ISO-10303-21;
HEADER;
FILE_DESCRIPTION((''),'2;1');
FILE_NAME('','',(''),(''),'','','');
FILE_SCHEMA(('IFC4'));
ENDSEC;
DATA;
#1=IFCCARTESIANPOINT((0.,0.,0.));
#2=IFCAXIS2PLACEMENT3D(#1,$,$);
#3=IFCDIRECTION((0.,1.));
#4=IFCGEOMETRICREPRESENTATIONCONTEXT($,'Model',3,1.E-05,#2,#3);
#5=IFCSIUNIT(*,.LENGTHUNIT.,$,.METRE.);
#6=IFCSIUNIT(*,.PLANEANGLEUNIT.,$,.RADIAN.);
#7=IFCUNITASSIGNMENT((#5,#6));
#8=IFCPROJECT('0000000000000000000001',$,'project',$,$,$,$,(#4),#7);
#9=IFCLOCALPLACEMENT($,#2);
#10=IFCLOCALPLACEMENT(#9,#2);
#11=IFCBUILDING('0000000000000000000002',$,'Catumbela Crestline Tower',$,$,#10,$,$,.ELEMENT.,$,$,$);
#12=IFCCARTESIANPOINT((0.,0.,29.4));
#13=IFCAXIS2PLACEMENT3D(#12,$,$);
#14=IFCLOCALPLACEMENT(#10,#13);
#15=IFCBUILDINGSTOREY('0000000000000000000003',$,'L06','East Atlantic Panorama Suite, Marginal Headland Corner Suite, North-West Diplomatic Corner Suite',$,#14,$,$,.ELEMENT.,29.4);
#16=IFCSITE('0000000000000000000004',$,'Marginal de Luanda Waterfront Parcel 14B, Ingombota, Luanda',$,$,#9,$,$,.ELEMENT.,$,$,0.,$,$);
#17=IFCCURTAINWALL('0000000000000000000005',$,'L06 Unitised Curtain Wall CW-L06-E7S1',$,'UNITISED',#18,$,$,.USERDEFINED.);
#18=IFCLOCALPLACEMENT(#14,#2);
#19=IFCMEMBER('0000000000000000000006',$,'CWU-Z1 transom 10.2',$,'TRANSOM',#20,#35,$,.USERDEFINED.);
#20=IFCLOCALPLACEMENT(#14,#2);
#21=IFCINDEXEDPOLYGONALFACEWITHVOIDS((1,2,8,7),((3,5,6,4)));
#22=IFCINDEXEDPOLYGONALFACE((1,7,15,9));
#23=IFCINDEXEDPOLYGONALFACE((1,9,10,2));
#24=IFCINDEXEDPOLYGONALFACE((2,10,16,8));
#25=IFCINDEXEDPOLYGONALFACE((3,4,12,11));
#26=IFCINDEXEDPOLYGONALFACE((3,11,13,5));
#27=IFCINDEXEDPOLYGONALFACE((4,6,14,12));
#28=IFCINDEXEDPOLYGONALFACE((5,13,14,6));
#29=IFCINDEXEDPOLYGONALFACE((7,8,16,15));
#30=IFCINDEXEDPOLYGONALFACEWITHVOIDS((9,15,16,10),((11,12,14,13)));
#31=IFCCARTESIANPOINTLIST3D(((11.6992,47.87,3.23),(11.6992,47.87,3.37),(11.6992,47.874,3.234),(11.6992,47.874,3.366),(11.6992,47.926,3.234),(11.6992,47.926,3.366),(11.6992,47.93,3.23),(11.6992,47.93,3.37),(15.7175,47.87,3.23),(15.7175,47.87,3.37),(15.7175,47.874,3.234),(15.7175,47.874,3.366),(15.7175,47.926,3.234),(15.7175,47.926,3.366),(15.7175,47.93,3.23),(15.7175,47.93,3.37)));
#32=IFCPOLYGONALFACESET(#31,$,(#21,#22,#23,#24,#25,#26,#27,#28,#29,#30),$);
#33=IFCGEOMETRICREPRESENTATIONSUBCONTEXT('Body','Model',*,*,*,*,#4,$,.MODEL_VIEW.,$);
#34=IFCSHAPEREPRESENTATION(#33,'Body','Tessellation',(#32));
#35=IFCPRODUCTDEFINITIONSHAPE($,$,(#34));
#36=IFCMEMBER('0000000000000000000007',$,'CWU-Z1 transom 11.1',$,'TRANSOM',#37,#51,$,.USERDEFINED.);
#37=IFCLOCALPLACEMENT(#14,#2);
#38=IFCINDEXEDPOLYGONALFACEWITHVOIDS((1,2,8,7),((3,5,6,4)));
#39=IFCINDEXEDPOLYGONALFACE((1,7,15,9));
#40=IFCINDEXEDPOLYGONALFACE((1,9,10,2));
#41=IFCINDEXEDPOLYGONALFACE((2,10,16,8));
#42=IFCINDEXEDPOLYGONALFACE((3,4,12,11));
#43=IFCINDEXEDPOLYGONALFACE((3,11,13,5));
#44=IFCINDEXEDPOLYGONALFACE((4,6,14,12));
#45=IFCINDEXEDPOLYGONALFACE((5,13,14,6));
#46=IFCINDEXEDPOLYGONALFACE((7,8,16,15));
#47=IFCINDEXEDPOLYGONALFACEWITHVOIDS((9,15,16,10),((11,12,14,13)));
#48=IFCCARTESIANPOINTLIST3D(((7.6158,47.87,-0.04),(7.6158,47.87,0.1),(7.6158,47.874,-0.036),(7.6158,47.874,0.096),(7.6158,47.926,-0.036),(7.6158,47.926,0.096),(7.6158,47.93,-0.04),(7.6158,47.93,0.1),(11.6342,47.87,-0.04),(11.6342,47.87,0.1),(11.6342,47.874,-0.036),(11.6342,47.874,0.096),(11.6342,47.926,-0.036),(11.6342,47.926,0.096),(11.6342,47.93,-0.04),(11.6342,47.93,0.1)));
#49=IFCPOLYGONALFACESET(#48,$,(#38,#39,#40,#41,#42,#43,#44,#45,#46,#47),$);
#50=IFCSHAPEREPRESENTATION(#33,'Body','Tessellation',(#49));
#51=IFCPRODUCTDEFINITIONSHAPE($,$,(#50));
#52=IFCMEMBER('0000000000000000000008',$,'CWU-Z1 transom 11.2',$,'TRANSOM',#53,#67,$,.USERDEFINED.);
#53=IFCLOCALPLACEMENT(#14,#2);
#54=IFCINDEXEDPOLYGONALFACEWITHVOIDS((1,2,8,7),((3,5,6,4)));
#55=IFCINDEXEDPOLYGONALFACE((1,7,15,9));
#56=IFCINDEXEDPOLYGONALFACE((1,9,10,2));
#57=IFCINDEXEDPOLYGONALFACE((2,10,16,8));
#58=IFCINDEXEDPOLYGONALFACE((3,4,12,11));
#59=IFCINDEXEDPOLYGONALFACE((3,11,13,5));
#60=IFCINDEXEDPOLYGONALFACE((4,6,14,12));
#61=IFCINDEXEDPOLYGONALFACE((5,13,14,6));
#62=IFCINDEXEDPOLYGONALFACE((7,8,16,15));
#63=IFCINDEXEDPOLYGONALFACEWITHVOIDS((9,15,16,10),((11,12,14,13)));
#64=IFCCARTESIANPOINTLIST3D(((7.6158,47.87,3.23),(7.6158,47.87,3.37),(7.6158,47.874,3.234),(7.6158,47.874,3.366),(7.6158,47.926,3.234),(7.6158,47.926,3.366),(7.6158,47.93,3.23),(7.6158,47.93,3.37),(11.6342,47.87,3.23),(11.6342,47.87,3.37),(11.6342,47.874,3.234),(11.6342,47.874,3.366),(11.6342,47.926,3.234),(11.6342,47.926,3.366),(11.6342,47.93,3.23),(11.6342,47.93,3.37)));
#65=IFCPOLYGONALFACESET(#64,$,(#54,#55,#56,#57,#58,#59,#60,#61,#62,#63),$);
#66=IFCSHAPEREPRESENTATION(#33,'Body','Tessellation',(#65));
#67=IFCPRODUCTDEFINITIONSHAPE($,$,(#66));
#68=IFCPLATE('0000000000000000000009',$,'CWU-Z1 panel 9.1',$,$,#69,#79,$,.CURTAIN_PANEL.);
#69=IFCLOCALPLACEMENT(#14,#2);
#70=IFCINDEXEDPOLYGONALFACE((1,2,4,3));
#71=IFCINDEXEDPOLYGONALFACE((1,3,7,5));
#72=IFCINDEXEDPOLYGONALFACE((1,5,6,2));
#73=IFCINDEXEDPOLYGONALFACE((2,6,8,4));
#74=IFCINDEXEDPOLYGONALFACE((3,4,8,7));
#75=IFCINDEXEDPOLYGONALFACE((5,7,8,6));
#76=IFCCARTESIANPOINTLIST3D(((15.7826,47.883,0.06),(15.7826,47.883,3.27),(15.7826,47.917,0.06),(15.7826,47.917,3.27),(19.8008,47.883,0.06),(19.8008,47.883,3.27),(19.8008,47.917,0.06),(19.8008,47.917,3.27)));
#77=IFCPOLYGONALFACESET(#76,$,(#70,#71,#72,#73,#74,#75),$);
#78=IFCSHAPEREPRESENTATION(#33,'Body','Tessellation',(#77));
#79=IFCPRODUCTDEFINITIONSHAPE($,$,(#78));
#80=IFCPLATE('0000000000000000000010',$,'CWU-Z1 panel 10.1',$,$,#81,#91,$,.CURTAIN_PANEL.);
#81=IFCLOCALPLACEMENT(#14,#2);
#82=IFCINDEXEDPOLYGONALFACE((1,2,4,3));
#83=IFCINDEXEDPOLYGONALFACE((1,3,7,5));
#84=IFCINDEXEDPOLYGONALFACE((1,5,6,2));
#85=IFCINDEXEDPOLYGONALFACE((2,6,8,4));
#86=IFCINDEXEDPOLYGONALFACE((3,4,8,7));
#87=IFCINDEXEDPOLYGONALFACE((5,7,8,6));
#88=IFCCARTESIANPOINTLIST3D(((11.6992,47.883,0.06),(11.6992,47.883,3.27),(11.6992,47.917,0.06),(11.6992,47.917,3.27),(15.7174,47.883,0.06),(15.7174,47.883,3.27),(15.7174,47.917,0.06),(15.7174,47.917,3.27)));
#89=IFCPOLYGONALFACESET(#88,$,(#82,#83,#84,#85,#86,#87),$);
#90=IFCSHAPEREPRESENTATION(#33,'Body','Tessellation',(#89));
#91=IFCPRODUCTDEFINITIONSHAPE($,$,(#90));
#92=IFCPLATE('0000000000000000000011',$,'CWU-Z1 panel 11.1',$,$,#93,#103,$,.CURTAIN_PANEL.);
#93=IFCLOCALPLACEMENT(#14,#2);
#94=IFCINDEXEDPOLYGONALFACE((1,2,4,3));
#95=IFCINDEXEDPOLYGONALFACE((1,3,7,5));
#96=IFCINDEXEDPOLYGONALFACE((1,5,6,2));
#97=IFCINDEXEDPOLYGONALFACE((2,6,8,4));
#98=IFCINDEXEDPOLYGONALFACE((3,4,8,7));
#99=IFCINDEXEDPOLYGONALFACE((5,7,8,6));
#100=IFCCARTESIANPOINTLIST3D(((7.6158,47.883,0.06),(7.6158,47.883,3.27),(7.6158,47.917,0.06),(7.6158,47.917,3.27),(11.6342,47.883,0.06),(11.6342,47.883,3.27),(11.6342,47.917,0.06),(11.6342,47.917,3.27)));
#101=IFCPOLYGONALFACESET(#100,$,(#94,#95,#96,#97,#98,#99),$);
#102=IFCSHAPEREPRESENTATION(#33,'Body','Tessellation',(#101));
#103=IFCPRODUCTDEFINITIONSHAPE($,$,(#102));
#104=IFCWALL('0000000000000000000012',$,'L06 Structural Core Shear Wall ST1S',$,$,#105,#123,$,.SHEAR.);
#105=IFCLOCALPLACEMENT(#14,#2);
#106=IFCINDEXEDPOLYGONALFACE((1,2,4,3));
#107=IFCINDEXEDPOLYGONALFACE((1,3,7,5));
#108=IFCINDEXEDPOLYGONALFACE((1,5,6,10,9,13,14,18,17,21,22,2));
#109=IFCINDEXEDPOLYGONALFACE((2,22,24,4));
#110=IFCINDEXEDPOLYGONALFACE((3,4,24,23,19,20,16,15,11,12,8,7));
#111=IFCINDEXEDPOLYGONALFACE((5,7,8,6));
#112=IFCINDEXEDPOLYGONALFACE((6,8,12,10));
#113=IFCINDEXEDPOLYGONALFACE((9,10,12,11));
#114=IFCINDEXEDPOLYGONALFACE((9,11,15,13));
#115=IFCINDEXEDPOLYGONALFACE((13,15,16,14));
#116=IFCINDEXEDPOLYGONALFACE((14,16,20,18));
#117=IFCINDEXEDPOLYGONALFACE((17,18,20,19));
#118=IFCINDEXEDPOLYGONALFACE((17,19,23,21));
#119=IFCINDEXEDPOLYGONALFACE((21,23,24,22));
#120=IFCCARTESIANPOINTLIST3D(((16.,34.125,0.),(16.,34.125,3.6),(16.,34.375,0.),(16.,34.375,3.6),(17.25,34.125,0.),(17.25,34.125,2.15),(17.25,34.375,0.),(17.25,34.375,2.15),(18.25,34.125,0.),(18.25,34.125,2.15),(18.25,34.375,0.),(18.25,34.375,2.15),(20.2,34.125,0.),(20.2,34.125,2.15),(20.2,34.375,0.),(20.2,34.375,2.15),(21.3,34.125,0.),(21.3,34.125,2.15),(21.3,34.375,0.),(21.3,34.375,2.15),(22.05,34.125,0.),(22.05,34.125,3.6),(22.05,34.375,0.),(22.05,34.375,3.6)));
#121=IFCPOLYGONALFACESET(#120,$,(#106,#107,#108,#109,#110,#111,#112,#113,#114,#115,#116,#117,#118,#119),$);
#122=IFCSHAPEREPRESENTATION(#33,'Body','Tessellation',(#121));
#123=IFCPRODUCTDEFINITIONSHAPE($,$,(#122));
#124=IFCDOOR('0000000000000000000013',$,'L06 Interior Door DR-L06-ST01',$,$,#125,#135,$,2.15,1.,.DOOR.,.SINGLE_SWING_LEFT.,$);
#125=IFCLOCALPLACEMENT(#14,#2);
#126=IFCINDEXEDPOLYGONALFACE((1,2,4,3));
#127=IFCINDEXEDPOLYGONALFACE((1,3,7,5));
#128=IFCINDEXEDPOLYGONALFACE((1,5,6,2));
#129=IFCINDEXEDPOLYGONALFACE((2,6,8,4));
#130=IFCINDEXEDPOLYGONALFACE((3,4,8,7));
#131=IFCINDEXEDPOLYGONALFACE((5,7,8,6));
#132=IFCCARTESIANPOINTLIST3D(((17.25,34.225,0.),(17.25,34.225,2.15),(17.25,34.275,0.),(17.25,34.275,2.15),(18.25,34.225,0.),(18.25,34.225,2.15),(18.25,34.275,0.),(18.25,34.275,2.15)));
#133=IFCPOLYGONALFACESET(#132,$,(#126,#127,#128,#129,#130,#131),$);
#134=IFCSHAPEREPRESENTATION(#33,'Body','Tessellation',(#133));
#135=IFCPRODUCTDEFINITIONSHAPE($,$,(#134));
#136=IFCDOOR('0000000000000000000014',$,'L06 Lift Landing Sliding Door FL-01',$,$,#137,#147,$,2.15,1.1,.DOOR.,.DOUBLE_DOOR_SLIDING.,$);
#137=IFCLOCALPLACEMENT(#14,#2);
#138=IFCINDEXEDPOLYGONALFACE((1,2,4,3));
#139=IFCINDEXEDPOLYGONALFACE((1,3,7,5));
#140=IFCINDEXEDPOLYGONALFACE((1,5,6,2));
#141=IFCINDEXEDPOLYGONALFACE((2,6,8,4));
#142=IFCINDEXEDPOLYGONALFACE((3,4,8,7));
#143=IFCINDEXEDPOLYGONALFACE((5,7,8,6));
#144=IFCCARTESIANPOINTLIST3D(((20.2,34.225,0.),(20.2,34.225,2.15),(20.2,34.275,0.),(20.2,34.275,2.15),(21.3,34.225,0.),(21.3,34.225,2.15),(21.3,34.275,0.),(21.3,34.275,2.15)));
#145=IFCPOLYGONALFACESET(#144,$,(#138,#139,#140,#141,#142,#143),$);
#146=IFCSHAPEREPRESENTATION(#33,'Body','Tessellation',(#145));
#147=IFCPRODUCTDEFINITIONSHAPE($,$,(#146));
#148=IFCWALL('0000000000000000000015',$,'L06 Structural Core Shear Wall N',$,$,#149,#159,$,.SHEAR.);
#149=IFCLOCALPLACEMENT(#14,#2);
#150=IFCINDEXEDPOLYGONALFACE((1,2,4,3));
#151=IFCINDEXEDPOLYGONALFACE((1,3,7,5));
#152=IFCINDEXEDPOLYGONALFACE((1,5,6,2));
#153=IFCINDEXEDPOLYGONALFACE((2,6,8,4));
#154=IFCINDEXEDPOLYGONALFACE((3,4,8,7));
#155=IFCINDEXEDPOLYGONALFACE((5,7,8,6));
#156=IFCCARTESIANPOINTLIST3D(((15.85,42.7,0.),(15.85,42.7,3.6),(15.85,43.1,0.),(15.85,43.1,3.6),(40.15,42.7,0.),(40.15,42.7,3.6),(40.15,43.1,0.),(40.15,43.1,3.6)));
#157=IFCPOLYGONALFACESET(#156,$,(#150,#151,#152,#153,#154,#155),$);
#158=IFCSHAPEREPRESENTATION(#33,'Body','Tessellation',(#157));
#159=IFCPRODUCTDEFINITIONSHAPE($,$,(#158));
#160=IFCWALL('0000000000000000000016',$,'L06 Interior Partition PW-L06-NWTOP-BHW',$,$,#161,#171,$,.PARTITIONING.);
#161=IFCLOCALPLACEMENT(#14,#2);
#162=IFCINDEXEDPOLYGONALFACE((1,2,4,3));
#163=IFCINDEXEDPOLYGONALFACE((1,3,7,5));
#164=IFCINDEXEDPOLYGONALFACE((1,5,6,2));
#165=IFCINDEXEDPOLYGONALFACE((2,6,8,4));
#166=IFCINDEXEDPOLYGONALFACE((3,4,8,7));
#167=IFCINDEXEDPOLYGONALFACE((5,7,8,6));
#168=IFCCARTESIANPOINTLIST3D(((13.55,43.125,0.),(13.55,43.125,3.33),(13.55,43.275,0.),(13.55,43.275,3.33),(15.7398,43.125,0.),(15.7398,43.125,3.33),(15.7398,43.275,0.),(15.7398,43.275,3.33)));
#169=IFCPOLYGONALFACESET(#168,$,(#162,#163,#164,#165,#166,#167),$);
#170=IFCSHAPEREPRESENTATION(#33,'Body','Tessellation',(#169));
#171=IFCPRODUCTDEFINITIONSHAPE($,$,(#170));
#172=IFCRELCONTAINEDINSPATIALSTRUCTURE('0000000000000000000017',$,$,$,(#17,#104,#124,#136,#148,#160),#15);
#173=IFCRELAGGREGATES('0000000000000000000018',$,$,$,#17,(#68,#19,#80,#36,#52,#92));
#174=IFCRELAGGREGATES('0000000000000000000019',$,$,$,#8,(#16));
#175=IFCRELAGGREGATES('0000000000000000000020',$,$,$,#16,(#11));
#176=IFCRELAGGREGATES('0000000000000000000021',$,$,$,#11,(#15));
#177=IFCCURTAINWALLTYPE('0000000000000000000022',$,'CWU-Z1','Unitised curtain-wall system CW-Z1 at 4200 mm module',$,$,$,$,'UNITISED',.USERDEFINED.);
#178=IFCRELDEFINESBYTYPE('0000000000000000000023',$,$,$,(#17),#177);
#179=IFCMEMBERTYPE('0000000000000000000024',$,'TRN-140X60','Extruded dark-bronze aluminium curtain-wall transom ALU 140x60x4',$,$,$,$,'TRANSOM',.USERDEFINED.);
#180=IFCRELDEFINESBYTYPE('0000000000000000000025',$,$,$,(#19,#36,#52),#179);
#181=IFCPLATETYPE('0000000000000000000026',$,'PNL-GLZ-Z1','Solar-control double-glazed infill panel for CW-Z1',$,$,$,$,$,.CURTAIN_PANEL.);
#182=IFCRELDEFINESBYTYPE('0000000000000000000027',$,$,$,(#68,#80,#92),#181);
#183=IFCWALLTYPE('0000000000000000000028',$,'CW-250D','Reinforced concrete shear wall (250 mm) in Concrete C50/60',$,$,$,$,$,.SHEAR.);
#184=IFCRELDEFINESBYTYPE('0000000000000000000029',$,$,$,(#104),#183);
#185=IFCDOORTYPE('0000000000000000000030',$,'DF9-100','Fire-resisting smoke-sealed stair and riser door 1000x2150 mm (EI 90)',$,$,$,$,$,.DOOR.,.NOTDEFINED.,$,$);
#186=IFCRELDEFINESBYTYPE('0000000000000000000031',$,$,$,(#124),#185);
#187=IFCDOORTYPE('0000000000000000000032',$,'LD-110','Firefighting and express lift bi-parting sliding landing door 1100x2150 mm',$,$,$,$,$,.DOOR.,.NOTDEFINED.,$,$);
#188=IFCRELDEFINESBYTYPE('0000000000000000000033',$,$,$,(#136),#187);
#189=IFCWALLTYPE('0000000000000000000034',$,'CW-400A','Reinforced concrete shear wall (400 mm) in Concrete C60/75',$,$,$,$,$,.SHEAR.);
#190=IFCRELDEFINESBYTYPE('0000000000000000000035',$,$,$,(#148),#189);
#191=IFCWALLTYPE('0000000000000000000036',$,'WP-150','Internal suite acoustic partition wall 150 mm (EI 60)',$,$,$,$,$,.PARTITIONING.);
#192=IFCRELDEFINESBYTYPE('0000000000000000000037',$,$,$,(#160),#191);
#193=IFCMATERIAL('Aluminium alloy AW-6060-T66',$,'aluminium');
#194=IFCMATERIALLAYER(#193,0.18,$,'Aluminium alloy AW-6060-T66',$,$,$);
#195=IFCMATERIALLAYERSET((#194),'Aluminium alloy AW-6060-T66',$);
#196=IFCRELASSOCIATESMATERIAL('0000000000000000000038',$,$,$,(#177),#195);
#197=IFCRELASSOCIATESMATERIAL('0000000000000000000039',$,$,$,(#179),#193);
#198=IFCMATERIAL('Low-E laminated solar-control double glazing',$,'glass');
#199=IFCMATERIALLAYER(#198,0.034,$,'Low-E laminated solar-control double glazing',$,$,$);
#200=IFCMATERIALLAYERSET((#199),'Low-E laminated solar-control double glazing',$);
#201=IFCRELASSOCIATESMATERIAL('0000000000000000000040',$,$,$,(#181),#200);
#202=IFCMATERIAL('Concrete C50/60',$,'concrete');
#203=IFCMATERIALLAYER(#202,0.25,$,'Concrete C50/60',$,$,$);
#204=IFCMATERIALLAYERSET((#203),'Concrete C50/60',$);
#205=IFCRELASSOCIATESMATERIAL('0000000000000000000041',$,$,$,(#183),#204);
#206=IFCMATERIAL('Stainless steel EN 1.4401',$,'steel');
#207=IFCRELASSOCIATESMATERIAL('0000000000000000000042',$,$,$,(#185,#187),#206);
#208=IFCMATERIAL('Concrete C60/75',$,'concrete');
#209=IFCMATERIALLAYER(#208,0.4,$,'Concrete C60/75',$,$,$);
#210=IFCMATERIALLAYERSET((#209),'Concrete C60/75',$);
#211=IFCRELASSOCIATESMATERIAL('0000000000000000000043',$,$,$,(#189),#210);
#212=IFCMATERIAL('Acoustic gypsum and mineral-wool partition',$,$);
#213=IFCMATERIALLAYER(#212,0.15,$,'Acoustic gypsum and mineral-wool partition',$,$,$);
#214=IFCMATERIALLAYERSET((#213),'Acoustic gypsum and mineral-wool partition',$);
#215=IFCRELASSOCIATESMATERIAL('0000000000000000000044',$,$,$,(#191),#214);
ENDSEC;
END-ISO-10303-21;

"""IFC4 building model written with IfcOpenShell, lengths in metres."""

from ifc_helpers import new_model, si_unit, direction, frame, frame_2d, origin, origin_2d, place, context, subcontext, project, spatial, rectangle, hollow_rectangle, extrude, material, layer, layer_set, material_profile, profile_set, type_object, element, fill, aggregate, save


model = new_model("IFC4")

# Units and contexts
model_context = context("Model", 3, precision=1e-05, world=origin(), true_north=direction((0.0, 1.0)))
body_context = subcontext(model_context, "Body", "Model", "MODEL_VIEW")
ifc_project = project(units=[si_unit("LENGTHUNIT", "METRE"), si_unit("PLANEANGLEUNIT", "RADIAN")], contexts=[model_context])

# Site, building, storey
site_placement = place(None, origin())
site = spatial("IfcSite", under=ifc_project, at=site_placement, Name="Marginal de Luanda Waterfront Parcel 14B, Ingombota, Luanda", CompositionType="ELEMENT", RefElevation=0.0)
building_placement = place(site_placement, origin())
building = spatial("IfcBuilding", under=site, at=building_placement, Name="Catumbela Crestline Tower", CompositionType="ELEMENT")
storey_placement = place(building_placement, frame((0.0, 0.0, 29.4)))
storey = spatial("IfcBuildingStorey", under=building, at=storey_placement, Name="L06", Description="East Atlantic Panorama Suite, Marginal Headland Corner Suite, North-West Diplomatic Corner Suite", CompositionType="ELEMENT", Elevation=29.4)

# Shared definitions
ifc_material_1 = material(Name="Concrete C60/75", Category="concrete")

# Curtain wall
ifc_material_2 = material(Name="Aluminium alloy AW-6060-T66", Category="aluminium")
ifc_layer_1 = layer(ifc_material_2, 0.18, Name="Aluminium alloy AW-6060-T66")
ifc_layer_set_1 = layer_set([ifc_layer_1], Name="Aluminium alloy AW-6060-T66")
curtain_wall_type = type_object("IfcCurtainWallType", Name="CWU-Z1", Description="Unitised curtain-wall system CW-Z1 at 4200 mm module", ElementType="UNITISED", PredefinedType="USERDEFINED", material=ifc_layer_set_1)
curtain_wall_placement = place(storey_placement, origin())
curtain_wall = element("IfcCurtainWall", 1, at=curtain_wall_placement, inside=storey, type_object=curtain_wall_type, Name="L06 Unitised Curtain Wall CW-L06-E7S1", ObjectType="UNITISED", PredefinedType="USERDEFINED")

# Members
ifc_material_profile_1 = material_profile(ifc_material_2, hollow_rectangle(XDim=0.06, YDim=0.14, WallThickness=0.004, at=origin_2d()), Name="ALU 140x60x4")
ifc_profile_set_1 = profile_set([ifc_material_profile_1], Name="Aluminium alloy AW-6060-T66")
member_type_1 = type_object("IfcMemberType", Name="TRN-140X60", Description="Extruded dark-bronze aluminium curtain-wall transom ALU 140x60x4", ElementType="TRANSOM", PredefinedType="USERDEFINED", material=ifc_profile_set_1)
member_1_placement = place(storey_placement, frame((15.7175, 47.9, 3.3), z_axis=(-1.0, 0.0, 0.0), x_axis=(0.0, -1.0, 0.0)))
member_1 = element("IfcMember", 2, at=member_1_placement, type_object=member_type_1, Name="CWU-Z1 transom 10.2", ObjectType="TRANSOM", PredefinedType="USERDEFINED", context=body_context, shape_type="SweptSolid", body=[
    extrude(hollow_rectangle(XDim=0.06, YDim=0.14, WallThickness=0.004, at=origin_2d()), origin(), (0.0, 0.0, 1.0), 4.0183),
])
member_2_placement = place(storey_placement, frame((11.6342, 47.9, 0.03), z_axis=(-1.0, 0.0, 0.0), x_axis=(0.0, -1.0, 0.0)))
member_2 = element("IfcMember", 3, at=member_2_placement, type_object=member_type_1, Name="CWU-Z1 transom 11.1", ObjectType="TRANSOM", PredefinedType="USERDEFINED", context=body_context, shape_type="SweptSolid", body=[
    extrude(hollow_rectangle(XDim=0.06, YDim=0.14, WallThickness=0.004, at=origin_2d()), origin(), (0.0, 0.0, 1.0), 4.0184),
])
member_3_placement = place(storey_placement, frame((11.6342, 47.9, 3.3), z_axis=(-1.0, 0.0, 0.0), x_axis=(0.0, -1.0, 0.0)))
member_3 = element("IfcMember", 4, at=member_3_placement, type_object=member_type_1, Name="CWU-Z1 transom 11.2", ObjectType="TRANSOM", PredefinedType="USERDEFINED", context=body_context, shape_type="SweptSolid", body=[
    extrude(hollow_rectangle(XDim=0.06, YDim=0.14, WallThickness=0.004, at=origin_2d()), origin(), (0.0, 0.0, 1.0), 4.0184),
])

# Plates
ifc_material_3 = material(Name="Low-E laminated solar-control double glazing", Category="glass")
ifc_layer_2 = layer(ifc_material_3, 0.034, Name="Low-E laminated solar-control double glazing")
ifc_layer_set_2 = layer_set([ifc_layer_2], Name="Low-E laminated solar-control double glazing")
plate_type = type_object("IfcPlateType", Name="PNL-GLZ-Z1", Description="Solar-control double-glazed infill panel for CW-Z1", PredefinedType="CURTAIN_PANEL", material=ifc_layer_set_2)
plate_1_placement = place(storey_placement, frame((17.7917, 47.9, 0.06), z_axis=(0.0, 0.0, 1.0), x_axis=(-1.0, 0.0, 0.0)))
plate_1 = element("IfcPlate", 5, at=plate_1_placement, type_object=plate_type, Name="CWU-Z1 panel 9.1", PredefinedType="CURTAIN_PANEL", context=body_context, shape_type="SweptSolid", body=[
    extrude(rectangle(XDim=4.0183, YDim=0.034, at=origin_2d()), origin(), (0.0, 0.0, 1.0), 3.21),
])
plate_2_placement = place(storey_placement, frame((13.7083, 47.9, 0.06), z_axis=(0.0, 0.0, 1.0), x_axis=(-1.0, 0.0, 0.0)))
plate_2 = element("IfcPlate", 6, at=plate_2_placement, type_object=plate_type, Name="CWU-Z1 panel 10.1", PredefinedType="CURTAIN_PANEL", context=body_context, shape_type="SweptSolid", body=[
    extrude(rectangle(XDim=4.0183, YDim=0.034, at=origin_2d()), origin(), (0.0, 0.0, 1.0), 3.21),
])
plate_3_placement = place(storey_placement, frame((9.625, 47.9, 0.06), z_axis=(0.0, 0.0, 1.0), x_axis=(-1.0, 0.0, 0.0)))
plate_3 = element("IfcPlate", 7, at=plate_3_placement, type_object=plate_type, Name="CWU-Z1 panel 11.1", PredefinedType="CURTAIN_PANEL", context=body_context, shape_type="SweptSolid", body=[
    extrude(rectangle(XDim=4.0183, YDim=0.034, at=origin_2d()), origin(), (0.0, 0.0, 1.0), 3.21),
])
aggregate(curtain_wall, [plate_1, member_1, plate_2, member_2, member_3, plate_3])

# Wall, openings, doors
ifc_material_4 = material(Name="Concrete C50/60", Category="concrete")
ifc_layer_3 = layer(ifc_material_4, 0.25, Name="Concrete C50/60")
ifc_layer_set_3 = layer_set([ifc_layer_3], Name="Concrete C50/60")
wall_type_1 = type_object("IfcWallType", Name="CW-250D", Description="Reinforced concrete shear wall (250 mm) in Concrete C50/60", PredefinedType="SHEAR", material=ifc_layer_set_3)
wall_1_placement = place(storey_placement, frame((16.0, 34.25, 0.0), z_axis=(0.0, 0.0, 1.0), x_axis=(1.0, 0.0, 0.0)))
wall_1 = element("IfcWall", 8, at=wall_1_placement, inside=storey, type_object=wall_type_1, Name="L06 Structural Core Shear Wall ST1S", PredefinedType="SHEAR", context=body_context, shape_type="SweptSolid", body=[
    extrude(rectangle(XDim=6.05, YDim=0.25, at=frame_2d((3.025, 0.0))), origin(), (0.0, 0.0, 1.0), 3.6),
])
opening_1_placement = place(wall_1_placement, frame((1.25, 0.0, 0.0)))
opening_1 = element("IfcOpeningElement", 9, at=opening_1_placement, cuts=wall_1, PredefinedType="OPENING", context=body_context, shape_type="SweptSolid", body=[
    extrude(rectangle(XDim=1.0, YDim=2.15, at=frame_2d((0.5, 1.075))), frame((0.0, 0.135, 0.0), z_axis=(0.0, -1.0, 0.0), x_axis=(1.0, 0.0, 0.0)), (0.0, 0.0, 1.0), 0.27),
])
opening_2_placement = place(wall_1_placement, frame((4.2, 0.0, 0.0)))
opening_2 = element("IfcOpeningElement", 10, at=opening_2_placement, cuts=wall_1, PredefinedType="OPENING", context=body_context, shape_type="SweptSolid", body=[
    extrude(rectangle(XDim=1.1, YDim=2.15, at=frame_2d((0.55, 1.075))), frame((0.0, 0.135, 0.0), z_axis=(0.0, -1.0, 0.0), x_axis=(1.0, 0.0, 0.0)), (0.0, 0.0, 1.0), 0.27),
])
ifc_material_5 = material(Name="Stainless steel EN 1.4401", Category="steel")
door_type_1 = type_object("IfcDoorType", Name="DF9-100", Description="Fire-resisting smoke-sealed stair and riser door 1000x2150 mm (EI 90)", OperationType="NOTDEFINED", PredefinedType="DOOR", material=ifc_material_5)
door_1_placement = place(opening_1_placement, origin())
door_1 = element("IfcDoor", 11, at=door_1_placement, inside=storey, type_object=door_type_1, Name="L06 Interior Door DR-L06-ST01", OperationType="SINGLE_SWING_LEFT", OverallHeight=2.15, OverallWidth=1.0, PredefinedType="DOOR", context=body_context, shape_type="SweptSolid", body=[
    extrude(rectangle(XDim=1.0, YDim=2.15, at=frame_2d((0.5, 1.075))), frame((0.0, 0.025, 0.0), z_axis=(0.0, -1.0, 0.0), x_axis=(1.0, 0.0, 0.0)), (0.0, 0.0, 1.0), 0.05),
])
fill(opening_1, door_1)
door_type_2 = type_object("IfcDoorType", Name="LD-110", Description="Firefighting and express lift bi-parting sliding landing door 1100x2150 mm", OperationType="NOTDEFINED", PredefinedType="DOOR", material=ifc_material_5)
door_2_placement = place(opening_2_placement, origin())
door_2 = element("IfcDoor", 12, at=door_2_placement, inside=storey, type_object=door_type_2, Name="L06 Lift Landing Sliding Door FL-01", OperationType="DOUBLE_DOOR_SLIDING", OverallHeight=2.15, OverallWidth=1.1, PredefinedType="DOOR", context=body_context, shape_type="SweptSolid", body=[
    extrude(rectangle(XDim=1.1, YDim=2.15, at=frame_2d((0.55, 1.075))), frame((0.0, 0.025, 0.0), z_axis=(0.0, -1.0, 0.0), x_axis=(1.0, 0.0, 0.0)), (0.0, 0.0, 1.0), 0.05),
])
fill(opening_2, door_2)

# Walls
ifc_layer_4 = layer(ifc_material_1, 0.4, Name="Concrete C60/75")
ifc_layer_set_4 = layer_set([ifc_layer_4], Name="Concrete C60/75")
wall_type_2 = type_object("IfcWallType", Name="CW-400A", Description="Reinforced concrete shear wall (400 mm) in Concrete C60/75", PredefinedType="SHEAR", material=ifc_layer_set_4)
wall_2_placement = place(storey_placement, frame((15.85, 42.9, 0.0), z_axis=(0.0, 0.0, 1.0), x_axis=(1.0, 0.0, 0.0)))
element("IfcWall", 13, at=wall_2_placement, inside=storey, type_object=wall_type_2, Name="L06 Structural Core Shear Wall N", PredefinedType="SHEAR", context=body_context, shape_type="SweptSolid", body=[
    extrude(rectangle(XDim=24.3, YDim=0.4, at=frame_2d((12.15, 0.0))), origin(), (0.0, 0.0, 1.0), 3.6),
])
ifc_material_6 = material(Name="Acoustic gypsum and mineral-wool partition")
ifc_layer_5 = layer(ifc_material_6, 0.15, Name="Acoustic gypsum and mineral-wool partition")
ifc_layer_set_5 = layer_set([ifc_layer_5], Name="Acoustic gypsum and mineral-wool partition")
wall_type_3 = type_object("IfcWallType", Name="WP-150", Description="Internal suite acoustic partition wall 150 mm (EI 60)", PredefinedType="PARTITIONING", material=ifc_layer_set_5)
wall_3_placement = place(storey_placement, frame((13.55, 43.2, 0.0), z_axis=(0.0, 0.0, 1.0), x_axis=(1.0, 0.0, 0.0)))
element("IfcWall", 14, at=wall_3_placement, inside=storey, type_object=wall_type_3, Name="L06 Interior Partition PW-L06-NWTOP-BHW", PredefinedType="PARTITIONING", context=body_context, shape_type="SweptSolid", body=[
    extrude(rectangle(XDim=2.1897, YDim=0.15, at=frame_2d((1.0949, 0.0))), origin(), (0.0, 0.0, 1.0), 3.33),
])

save(model, "model.ifc")
